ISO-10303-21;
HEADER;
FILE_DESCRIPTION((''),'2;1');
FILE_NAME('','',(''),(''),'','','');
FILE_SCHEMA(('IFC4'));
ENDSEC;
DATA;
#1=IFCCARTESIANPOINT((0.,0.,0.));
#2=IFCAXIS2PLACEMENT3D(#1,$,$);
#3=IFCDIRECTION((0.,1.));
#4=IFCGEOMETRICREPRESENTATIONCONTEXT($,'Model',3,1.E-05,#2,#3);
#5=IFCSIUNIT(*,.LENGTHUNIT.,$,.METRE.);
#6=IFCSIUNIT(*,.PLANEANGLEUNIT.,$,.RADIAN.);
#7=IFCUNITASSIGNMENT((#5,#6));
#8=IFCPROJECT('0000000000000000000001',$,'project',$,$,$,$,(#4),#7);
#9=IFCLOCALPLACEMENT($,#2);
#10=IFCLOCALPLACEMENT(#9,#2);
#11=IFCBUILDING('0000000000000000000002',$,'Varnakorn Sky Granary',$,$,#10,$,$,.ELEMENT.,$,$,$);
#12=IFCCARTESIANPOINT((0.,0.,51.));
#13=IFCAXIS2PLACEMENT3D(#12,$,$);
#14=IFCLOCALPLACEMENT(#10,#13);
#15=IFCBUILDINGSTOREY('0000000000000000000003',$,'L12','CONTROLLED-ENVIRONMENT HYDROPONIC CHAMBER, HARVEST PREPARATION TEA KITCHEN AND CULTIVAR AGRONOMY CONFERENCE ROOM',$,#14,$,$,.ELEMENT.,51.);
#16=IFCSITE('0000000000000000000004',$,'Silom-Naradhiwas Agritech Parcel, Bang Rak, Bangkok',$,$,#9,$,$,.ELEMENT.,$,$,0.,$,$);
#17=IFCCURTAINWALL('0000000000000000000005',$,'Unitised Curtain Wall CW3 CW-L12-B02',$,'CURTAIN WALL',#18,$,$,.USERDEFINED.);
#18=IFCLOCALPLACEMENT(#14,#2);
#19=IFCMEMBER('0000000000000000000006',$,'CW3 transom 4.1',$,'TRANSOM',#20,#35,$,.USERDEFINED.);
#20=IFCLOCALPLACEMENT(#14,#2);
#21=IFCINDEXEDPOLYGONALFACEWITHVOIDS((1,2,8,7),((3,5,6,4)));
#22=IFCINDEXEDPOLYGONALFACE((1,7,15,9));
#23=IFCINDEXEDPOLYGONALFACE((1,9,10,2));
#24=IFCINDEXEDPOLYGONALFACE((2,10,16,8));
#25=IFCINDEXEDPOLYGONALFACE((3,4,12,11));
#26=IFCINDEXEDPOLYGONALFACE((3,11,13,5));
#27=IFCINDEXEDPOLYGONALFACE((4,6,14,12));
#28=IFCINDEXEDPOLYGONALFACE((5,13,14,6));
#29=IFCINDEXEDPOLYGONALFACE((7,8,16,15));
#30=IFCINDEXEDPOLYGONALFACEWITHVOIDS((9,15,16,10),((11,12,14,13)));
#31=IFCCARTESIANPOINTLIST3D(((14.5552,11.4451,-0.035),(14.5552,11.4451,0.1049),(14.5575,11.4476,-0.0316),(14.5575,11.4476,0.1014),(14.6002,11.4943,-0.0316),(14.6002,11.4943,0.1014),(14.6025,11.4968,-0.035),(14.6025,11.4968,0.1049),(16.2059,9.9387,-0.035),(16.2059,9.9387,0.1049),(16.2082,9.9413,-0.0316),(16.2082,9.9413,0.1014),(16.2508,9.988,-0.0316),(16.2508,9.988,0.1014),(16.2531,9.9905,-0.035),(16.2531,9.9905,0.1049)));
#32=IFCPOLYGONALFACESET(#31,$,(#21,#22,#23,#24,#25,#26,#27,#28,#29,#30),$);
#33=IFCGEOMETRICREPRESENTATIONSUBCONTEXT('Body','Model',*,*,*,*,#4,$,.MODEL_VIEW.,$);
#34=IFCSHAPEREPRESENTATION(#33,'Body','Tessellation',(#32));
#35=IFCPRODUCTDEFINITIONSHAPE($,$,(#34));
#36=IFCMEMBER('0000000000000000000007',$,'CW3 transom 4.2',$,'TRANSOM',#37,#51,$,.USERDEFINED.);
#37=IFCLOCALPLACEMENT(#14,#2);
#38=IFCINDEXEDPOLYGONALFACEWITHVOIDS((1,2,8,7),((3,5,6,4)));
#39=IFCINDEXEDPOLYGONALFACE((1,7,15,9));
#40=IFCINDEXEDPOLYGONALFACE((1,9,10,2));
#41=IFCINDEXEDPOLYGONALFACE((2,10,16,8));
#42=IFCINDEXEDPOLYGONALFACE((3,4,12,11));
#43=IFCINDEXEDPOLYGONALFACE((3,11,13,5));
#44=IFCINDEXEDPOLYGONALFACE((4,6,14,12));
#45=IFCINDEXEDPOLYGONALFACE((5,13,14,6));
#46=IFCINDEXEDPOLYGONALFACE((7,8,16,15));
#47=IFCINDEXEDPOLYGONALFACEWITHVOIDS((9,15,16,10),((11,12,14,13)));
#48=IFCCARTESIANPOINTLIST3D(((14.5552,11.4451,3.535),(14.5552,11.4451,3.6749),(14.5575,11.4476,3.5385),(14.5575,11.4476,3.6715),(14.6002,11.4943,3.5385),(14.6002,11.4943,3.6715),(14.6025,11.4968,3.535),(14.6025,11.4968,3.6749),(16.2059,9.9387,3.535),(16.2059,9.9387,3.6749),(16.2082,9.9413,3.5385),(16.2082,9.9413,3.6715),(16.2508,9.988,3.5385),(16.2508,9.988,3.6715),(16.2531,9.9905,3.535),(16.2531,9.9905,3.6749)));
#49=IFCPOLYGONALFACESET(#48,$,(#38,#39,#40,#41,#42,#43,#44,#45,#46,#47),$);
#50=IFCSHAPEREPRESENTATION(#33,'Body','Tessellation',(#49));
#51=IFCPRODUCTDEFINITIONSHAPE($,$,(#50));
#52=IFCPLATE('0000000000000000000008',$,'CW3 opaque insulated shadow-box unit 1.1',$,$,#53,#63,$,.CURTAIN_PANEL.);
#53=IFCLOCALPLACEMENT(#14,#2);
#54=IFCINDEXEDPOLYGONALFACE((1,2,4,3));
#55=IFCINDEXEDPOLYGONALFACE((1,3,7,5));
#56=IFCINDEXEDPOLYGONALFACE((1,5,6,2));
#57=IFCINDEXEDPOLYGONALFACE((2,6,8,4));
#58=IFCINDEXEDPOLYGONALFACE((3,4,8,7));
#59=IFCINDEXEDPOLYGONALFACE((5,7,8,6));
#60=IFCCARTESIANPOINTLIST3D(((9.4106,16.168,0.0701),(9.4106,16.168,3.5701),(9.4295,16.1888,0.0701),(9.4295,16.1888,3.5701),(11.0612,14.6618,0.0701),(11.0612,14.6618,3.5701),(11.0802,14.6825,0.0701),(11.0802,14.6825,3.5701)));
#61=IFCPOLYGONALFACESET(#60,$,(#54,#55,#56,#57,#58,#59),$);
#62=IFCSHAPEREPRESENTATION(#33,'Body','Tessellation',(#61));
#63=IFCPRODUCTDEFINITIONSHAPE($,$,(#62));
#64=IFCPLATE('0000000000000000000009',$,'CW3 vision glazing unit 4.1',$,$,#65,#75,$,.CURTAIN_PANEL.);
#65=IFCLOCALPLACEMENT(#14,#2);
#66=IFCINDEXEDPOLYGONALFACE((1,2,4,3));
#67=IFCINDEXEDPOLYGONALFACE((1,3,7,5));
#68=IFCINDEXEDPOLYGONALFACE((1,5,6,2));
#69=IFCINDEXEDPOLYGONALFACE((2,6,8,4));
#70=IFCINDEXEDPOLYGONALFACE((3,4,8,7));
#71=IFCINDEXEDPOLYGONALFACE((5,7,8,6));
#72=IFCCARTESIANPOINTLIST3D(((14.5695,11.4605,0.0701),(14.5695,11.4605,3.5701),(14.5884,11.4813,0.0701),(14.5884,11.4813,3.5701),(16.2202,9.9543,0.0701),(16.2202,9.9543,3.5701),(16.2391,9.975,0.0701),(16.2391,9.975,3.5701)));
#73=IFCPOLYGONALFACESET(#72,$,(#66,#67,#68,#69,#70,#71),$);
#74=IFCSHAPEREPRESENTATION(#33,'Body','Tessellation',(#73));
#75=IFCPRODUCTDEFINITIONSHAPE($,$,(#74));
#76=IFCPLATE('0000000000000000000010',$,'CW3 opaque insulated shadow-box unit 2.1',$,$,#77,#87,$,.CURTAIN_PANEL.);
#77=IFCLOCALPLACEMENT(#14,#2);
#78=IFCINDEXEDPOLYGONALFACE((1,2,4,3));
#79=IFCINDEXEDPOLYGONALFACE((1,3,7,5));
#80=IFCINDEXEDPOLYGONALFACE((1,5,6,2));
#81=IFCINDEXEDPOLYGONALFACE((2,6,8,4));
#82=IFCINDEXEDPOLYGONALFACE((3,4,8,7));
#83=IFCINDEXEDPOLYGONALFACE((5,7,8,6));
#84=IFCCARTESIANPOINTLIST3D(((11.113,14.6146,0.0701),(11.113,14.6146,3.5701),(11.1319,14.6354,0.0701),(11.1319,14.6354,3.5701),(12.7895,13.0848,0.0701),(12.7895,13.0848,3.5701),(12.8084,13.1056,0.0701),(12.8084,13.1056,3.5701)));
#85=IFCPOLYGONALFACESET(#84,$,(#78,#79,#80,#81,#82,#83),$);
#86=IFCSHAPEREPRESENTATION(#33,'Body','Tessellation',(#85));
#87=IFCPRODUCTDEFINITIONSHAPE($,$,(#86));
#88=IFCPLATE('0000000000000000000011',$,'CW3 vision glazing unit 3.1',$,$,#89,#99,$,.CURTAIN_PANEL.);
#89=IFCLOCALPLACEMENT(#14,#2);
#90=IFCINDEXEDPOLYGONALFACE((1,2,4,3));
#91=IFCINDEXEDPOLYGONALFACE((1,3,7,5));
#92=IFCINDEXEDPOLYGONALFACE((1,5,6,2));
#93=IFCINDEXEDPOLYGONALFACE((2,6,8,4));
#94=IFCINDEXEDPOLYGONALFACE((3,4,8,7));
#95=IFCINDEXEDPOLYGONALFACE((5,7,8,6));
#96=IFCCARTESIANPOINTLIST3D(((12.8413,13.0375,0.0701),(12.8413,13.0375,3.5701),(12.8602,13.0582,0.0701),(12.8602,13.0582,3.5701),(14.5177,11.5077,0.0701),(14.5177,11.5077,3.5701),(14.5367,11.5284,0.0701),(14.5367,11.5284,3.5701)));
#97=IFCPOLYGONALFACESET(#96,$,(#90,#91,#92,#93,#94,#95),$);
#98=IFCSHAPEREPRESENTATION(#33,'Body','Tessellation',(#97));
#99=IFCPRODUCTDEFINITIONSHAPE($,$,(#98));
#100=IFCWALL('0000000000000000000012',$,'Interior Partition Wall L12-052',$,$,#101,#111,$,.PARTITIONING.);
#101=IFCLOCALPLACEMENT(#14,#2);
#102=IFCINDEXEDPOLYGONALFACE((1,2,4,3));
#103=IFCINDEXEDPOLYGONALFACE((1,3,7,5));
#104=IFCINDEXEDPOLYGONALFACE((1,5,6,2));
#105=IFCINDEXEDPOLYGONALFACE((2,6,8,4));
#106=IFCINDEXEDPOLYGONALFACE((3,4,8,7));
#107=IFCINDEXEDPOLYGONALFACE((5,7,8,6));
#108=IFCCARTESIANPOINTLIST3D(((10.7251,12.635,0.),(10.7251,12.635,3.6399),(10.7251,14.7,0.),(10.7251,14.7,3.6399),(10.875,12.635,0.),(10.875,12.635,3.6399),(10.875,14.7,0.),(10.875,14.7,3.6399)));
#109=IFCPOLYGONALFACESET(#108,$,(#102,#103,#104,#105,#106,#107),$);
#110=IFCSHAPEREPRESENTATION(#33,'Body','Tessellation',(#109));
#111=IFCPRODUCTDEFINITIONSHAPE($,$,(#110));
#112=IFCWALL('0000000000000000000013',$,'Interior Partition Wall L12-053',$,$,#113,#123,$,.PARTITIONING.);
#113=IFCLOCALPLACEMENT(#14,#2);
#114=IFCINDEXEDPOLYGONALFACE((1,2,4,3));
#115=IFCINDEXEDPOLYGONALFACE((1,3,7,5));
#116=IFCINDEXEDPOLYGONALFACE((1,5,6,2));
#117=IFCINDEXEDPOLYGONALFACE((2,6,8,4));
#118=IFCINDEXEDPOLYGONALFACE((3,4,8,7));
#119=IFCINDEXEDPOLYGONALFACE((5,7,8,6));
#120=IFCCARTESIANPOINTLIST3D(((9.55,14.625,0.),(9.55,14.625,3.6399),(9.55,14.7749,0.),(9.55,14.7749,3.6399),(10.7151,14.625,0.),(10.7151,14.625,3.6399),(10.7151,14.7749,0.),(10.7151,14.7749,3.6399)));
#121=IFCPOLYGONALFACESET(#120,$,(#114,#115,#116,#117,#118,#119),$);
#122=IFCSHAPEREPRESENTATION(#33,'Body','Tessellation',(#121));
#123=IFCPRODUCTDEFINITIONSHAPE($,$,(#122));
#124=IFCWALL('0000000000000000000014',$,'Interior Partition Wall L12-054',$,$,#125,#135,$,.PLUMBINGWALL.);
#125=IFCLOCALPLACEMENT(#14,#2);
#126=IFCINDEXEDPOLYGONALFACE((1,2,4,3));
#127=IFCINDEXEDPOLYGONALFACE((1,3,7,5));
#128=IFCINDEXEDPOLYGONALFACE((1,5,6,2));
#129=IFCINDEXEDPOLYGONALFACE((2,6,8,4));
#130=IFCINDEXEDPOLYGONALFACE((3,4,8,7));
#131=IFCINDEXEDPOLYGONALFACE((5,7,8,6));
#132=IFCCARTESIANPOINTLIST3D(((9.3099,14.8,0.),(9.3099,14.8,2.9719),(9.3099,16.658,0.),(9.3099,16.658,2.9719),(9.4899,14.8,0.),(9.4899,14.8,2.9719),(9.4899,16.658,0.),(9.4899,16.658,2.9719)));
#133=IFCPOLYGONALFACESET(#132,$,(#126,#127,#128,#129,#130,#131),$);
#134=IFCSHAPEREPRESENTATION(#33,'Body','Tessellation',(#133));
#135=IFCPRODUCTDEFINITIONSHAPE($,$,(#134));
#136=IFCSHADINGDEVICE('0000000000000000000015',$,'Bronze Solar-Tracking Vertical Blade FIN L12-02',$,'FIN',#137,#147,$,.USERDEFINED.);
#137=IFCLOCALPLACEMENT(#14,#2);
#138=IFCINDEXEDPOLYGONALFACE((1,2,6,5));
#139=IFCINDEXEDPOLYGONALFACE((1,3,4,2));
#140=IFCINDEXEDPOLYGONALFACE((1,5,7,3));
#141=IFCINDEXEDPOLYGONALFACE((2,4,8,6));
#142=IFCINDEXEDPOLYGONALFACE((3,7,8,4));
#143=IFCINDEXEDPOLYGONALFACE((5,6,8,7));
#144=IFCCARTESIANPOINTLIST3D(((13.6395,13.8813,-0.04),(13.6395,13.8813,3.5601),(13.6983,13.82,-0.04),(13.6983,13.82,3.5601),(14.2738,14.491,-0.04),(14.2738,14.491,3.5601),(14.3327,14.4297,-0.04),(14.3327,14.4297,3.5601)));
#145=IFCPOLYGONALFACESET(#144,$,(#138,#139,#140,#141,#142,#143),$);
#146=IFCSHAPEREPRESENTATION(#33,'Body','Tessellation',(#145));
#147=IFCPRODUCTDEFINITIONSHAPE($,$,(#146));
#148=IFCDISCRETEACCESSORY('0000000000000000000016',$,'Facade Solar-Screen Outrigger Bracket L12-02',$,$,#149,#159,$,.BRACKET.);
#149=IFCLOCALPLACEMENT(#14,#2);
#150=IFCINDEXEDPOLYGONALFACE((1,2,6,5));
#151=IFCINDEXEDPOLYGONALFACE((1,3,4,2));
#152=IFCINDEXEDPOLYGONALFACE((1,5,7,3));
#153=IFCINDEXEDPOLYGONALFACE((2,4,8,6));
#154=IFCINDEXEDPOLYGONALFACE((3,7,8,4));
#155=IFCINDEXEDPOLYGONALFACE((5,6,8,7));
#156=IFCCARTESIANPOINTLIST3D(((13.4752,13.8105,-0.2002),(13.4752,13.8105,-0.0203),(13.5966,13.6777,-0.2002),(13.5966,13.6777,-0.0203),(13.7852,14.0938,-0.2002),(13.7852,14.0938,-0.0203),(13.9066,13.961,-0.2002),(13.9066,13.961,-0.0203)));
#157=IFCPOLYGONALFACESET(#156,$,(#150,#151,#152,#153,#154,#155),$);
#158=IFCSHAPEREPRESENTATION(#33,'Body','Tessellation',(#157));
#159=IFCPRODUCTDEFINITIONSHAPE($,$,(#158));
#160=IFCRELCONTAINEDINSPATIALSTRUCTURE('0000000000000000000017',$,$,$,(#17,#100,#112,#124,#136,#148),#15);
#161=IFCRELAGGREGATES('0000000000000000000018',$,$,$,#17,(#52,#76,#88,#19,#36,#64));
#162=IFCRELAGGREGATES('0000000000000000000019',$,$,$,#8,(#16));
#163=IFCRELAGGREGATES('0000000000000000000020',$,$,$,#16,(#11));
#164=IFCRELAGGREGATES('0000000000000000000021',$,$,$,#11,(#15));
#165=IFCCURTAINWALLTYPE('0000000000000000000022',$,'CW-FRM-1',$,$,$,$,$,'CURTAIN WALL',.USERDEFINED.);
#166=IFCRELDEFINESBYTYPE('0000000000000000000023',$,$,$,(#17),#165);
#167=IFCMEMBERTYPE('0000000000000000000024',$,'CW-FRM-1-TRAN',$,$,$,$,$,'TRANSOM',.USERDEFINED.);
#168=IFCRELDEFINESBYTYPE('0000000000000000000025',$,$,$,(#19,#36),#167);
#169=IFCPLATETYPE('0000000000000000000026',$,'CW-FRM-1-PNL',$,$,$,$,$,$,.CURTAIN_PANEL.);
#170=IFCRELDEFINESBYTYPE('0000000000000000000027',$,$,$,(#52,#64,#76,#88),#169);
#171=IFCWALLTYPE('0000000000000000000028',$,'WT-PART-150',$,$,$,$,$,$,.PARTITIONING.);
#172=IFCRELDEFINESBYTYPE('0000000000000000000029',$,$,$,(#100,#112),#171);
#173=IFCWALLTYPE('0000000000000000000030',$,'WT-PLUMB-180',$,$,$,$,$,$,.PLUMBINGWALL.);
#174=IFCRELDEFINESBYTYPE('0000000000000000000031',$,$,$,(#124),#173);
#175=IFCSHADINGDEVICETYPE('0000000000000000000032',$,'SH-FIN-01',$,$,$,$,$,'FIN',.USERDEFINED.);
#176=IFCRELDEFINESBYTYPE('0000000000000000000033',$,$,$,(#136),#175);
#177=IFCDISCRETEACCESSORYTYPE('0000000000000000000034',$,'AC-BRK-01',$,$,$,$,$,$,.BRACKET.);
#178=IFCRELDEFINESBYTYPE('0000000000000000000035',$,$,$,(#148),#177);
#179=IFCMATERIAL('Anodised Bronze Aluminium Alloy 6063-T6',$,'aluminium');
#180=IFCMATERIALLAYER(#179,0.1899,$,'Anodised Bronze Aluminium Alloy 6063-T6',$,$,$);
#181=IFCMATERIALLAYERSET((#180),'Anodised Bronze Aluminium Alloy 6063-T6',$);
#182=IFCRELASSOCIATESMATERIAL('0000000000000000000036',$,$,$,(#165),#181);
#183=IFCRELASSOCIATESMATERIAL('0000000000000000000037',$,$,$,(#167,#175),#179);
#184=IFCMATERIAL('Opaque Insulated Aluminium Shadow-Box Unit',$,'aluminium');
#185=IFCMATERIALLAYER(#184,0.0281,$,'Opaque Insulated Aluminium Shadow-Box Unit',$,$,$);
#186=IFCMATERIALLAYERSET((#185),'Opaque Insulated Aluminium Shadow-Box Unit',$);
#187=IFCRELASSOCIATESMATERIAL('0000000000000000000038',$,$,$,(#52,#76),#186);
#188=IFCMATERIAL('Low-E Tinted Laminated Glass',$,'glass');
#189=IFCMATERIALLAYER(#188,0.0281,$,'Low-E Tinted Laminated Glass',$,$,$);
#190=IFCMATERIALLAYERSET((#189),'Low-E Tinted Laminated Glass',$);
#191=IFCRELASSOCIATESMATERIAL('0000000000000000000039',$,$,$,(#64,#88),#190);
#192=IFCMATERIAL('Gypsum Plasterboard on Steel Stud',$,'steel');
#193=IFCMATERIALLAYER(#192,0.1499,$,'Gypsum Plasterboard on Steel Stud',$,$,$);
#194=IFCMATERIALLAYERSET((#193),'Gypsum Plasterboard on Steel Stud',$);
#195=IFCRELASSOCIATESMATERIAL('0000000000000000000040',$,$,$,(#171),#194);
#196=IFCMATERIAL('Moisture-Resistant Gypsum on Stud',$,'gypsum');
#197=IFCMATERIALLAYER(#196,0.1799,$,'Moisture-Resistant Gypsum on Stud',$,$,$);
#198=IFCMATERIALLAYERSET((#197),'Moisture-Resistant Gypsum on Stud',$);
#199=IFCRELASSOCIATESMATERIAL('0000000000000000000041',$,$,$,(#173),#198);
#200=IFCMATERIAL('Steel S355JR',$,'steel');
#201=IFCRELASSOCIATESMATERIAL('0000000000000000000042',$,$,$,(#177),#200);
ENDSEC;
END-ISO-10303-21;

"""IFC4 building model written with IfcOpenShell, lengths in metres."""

from ifc_helpers import new_model, si_unit, direction, frame, frame_2d, origin, origin_2d, place, context, subcontext, project, spatial, rectangle, hollow_rectangle, extrude, source, transform, mapped, material, layer, layer_set, material_profile, profile_set, type_object, type_shapes, element, aggregate, save


model = new_model("IFC4")

# Units and contexts
model_context = context("Model", 3, precision=1e-05, world=origin(), true_north=direction((0.0, 1.0)))
body_context = subcontext(model_context, "Body", "Model", "MODEL_VIEW")
ifc_project = project(units=[si_unit("LENGTHUNIT", "METRE"), si_unit("PLANEANGLEUNIT", "RADIAN")], contexts=[model_context])

# Site, building, storey
site_placement = place(None, origin())
site = spatial("IfcSite", under=ifc_project, at=site_placement, Name="Silom-Naradhiwas Agritech Parcel, Bang Rak, Bangkok", CompositionType="ELEMENT", RefElevation=0.0)
building_placement = place(site_placement, origin())
building = spatial("IfcBuilding", under=site, at=building_placement, Name="Varnakorn Sky Granary", CompositionType="ELEMENT")
storey_placement = place(building_placement, frame((0.0, 0.0, 51.0)))
storey = spatial("IfcBuildingStorey", under=building, at=storey_placement, Name="L12", Description="CONTROLLED-ENVIRONMENT HYDROPONIC CHAMBER, HARVEST PREPARATION TEA KITCHEN AND CULTIVAR AGRONOMY CONFERENCE ROOM", CompositionType="ELEMENT", Elevation=51.0)

# Shared definitions
ifc_material_1 = material(Name="Steel S355JR", Category="steel")

# Curtain wall, members, plates
ifc_material_2 = material(Name="Anodised Bronze Aluminium Alloy 6063-T6", Category="aluminium")
ifc_layer_1 = layer(ifc_material_2, 0.1899, Name="Anodised Bronze Aluminium Alloy 6063-T6")
ifc_layer_set_1 = layer_set([ifc_layer_1], Name="Anodised Bronze Aluminium Alloy 6063-T6")
curtain_wall_type = type_object("IfcCurtainWallType", Name="CW-FRM-1", ElementType="CURTAIN WALL", PredefinedType="USERDEFINED", material=ifc_layer_set_1)
curtain_wall_placement = place(storey_placement, origin())
curtain_wall = element("IfcCurtainWall", 1, at=curtain_wall_placement, inside=storey, type_object=curtain_wall_type, Name="Unitised Curtain Wall CW3 CW-L12-B02", ObjectType="CURTAIN WALL", PredefinedType="USERDEFINED")
ifc_material_profile_1 = material_profile(ifc_material_2, hollow_rectangle(XDim=0.0701, YDim=0.1399, WallThickness=0.0034, at=origin_2d()), Name="ALU TRAN 70x140")
ifc_profile_set_1 = profile_set([ifc_material_profile_1], Name="Anodised Bronze Aluminium Alloy 6063-T6")
member_type_1 = type_object("IfcMemberType", Name="CW-FRM-1-TRAN", ElementType="TRANSOM", PredefinedType="USERDEFINED", material=ifc_profile_set_1)
member_1_placement = place(storey_placement, frame((14.5789, 11.4709, 0.0349), z_axis=(0.738653, -0.674085, 0.0), x_axis=(0.674085, 0.738653, 0.0)))
member_1 = element("IfcMember", 2, at=member_1_placement, type_object=member_type_1, Name="CW3 transom 4.1", ObjectType="TRANSOM", PredefinedType="USERDEFINED", context=body_context, shape_type="SweptSolid", body=[
    extrude(hollow_rectangle(XDim=0.0701, YDim=0.1399, WallThickness=0.0034, at=origin_2d()), origin(), (0.0, 0.0, 1.0), 2.2346),
])
member_2_placement = place(storey_placement, frame((14.5789, 11.4709, 3.605), z_axis=(0.738653, -0.674085, 0.0), x_axis=(0.674085, 0.738653, 0.0)))
member_2 = element("IfcMember", 3, at=member_2_placement, type_object=member_type_1, Name="CW3 transom 4.2", ObjectType="TRANSOM", PredefinedType="USERDEFINED", context=body_context, shape_type="SweptSolid", body=[
    extrude(hollow_rectangle(XDim=0.0701, YDim=0.1399, WallThickness=0.0034, at=origin_2d()), origin(), (0.0, 0.0, 1.0), 2.2346),
])
ifc_material_3 = material(Name="Opaque Insulated Aluminium Shadow-Box Unit", Category="aluminium")
ifc_layer_2 = layer(ifc_material_3, 0.0281, Name="Opaque Insulated Aluminium Shadow-Box Unit")
ifc_layer_set_2 = layer_set([ifc_layer_2], Name="Opaque Insulated Aluminium Shadow-Box Unit")
plate_type = type_object("IfcPlateType", Name="CW-FRM-1-PNL", PredefinedType="CURTAIN_PANEL")
shared_shape_1 = source(origin(), body_context, "Body", "SweptSolid", [
    extrude(rectangle(XDim=2.2346, YDim=0.0281, at=origin_2d()), origin(), (0.0, 0.0, 1.0), 3.5),
])
plate_1_placement = place(storey_placement, frame((10.2454, 15.4253, 0.0701), z_axis=(0.0, 0.0, 1.0), x_axis=(0.738686, -0.674049, 0.0)))
plate_1 = element("IfcPlate", 4, at=plate_1_placement, type_object=plate_type, material=ifc_layer_set_2, Name="CW3 opaque insulated shadow-box unit 1.1", PredefinedType="CURTAIN_PANEL", context=body_context, shape_type="MappedRepresentation", body=[
    mapped(shared_shape_1, transform((0.0, 0.0, 0.0), x_axis=(1.0, 0.0, 0.0), y_axis=(0.0, 1.0, 0.0), z_axis=(0.0, 0.0, 1.0), scale=1.0)),
])
ifc_material_4 = material(Name="Low-E Tinted Laminated Glass", Category="glass")
ifc_layer_3 = layer(ifc_material_4, 0.0281, Name="Low-E Tinted Laminated Glass")
ifc_layer_set_3 = layer_set([ifc_layer_3], Name="Low-E Tinted Laminated Glass")
plate_2_placement = place(storey_placement, frame((15.4043, 10.7178, 0.0701), z_axis=(0.0, 0.0, 1.0), x_axis=(0.738686, -0.674049, 0.0)))
plate_2 = element("IfcPlate", 5, at=plate_2_placement, type_object=plate_type, material=ifc_layer_set_3, Name="CW3 vision glazing unit 4.1", PredefinedType="CURTAIN_PANEL", context=body_context, shape_type="MappedRepresentation", body=[
    mapped(shared_shape_1, transform((0.0, 0.0, 0.0), x_axis=(1.0, 0.0, 0.0), y_axis=(0.0, 1.0, 0.0), z_axis=(0.0, 0.0, 1.0), scale=1.0)),
])
shared_shape_2 = source(origin(), body_context, "Body", "SweptSolid", [
    extrude(rectangle(XDim=2.2695, YDim=0.0281, at=origin_2d()), origin(), (0.0, 0.0, 1.0), 3.5),
])
type_shapes(plate_type, [shared_shape_1, shared_shape_2])
plate_3_placement = place(storey_placement, frame((11.9607, 13.8601, 0.0701), z_axis=(0.0, 0.0, 1.0), x_axis=(0.738686, -0.674049, 0.0)))
plate_3 = element("IfcPlate", 6, at=plate_3_placement, type_object=plate_type, material=ifc_layer_set_2, Name="CW3 opaque insulated shadow-box unit 2.1", PredefinedType="CURTAIN_PANEL", context=body_context, shape_type="MappedRepresentation", body=[
    mapped(shared_shape_2, transform((0.0, 0.0, 0.0), x_axis=(1.0, 0.0, 0.0), y_axis=(0.0, 1.0, 0.0), z_axis=(0.0, 0.0, 1.0), scale=1.0)),
])
plate_4_placement = place(storey_placement, frame((13.689, 12.283, 0.0701), z_axis=(0.0, 0.0, 1.0), x_axis=(0.738686, -0.674049, 0.0)))
plate_4 = element("IfcPlate", 7, at=plate_4_placement, type_object=plate_type, material=ifc_layer_set_3, Name="CW3 vision glazing unit 3.1", PredefinedType="CURTAIN_PANEL", context=body_context, shape_type="MappedRepresentation", body=[
    mapped(shared_shape_2, transform((0.0, 0.0, 0.0), x_axis=(1.0, 0.0, 0.0), y_axis=(0.0, 1.0, 0.0), z_axis=(0.0, 0.0, 1.0), scale=1.0)),
])
aggregate(curtain_wall, [plate_1, plate_3, plate_4, member_1, member_2, plate_2])

# Walls
ifc_material_5 = material(Name="Gypsum Plasterboard on Steel Stud", Category="steel")
ifc_layer_4 = layer(ifc_material_5, 0.1499, Name="Gypsum Plasterboard on Steel Stud")
ifc_layer_set_4 = layer_set([ifc_layer_4], Name="Gypsum Plasterboard on Steel Stud")
wall_type_1 = type_object("IfcWallType", Name="WT-PART-150", PredefinedType="PARTITIONING", material=ifc_layer_set_4)
wall_1_placement = place(storey_placement, frame((10.8, 12.635, 0.0), z_axis=(0.0, 0.0, 1.0), x_axis=(0.0, 1.0, 0.0)))
element("IfcWall", 8, at=wall_1_placement, inside=storey, type_object=wall_type_1, Name="Interior Partition Wall L12-052", PredefinedType="PARTITIONING", context=body_context, shape_type="SweptSolid", body=[
    extrude(rectangle(XDim=2.0649, YDim=0.1499, at=frame_2d((1.0325, 0.0))), origin(), (0.0, 0.0, 1.0), 3.6399),
])
wall_2_placement = place(storey_placement, frame((10.7151, 14.7, 0.0), z_axis=(0.0, 0.0, 1.0), x_axis=(-1.0, 0.0, 0.0)))
element("IfcWall", 9, at=wall_2_placement, inside=storey, type_object=wall_type_1, Name="Interior Partition Wall L12-053", PredefinedType="PARTITIONING", context=body_context, shape_type="SweptSolid", body=[
    extrude(rectangle(XDim=1.165, YDim=0.1499, at=frame_2d((0.5825, 0.0))), origin(), (0.0, 0.0, 1.0), 3.6399),
])
ifc_material_6 = material(Name="Moisture-Resistant Gypsum on Stud", Category="gypsum")
ifc_layer_5 = layer(ifc_material_6, 0.1799, Name="Moisture-Resistant Gypsum on Stud")
ifc_layer_set_5 = layer_set([ifc_layer_5], Name="Moisture-Resistant Gypsum on Stud")
wall_type_2 = type_object("IfcWallType", Name="WT-PLUMB-180", PredefinedType="PLUMBINGWALL", material=ifc_layer_set_5)
wall_3_placement = place(storey_placement, frame((9.3999, 14.8, 0.0), z_axis=(0.0, 0.0, 1.0), x_axis=(0.0, 1.0, 0.0)))
element("IfcWall", 10, at=wall_3_placement, inside=storey, type_object=wall_type_2, Name="Interior Partition Wall L12-054", PredefinedType="PLUMBINGWALL", context=body_context, shape_type="SweptSolid", body=[
    extrude(rectangle(XDim=1.8579, YDim=0.1799, at=frame_2d((0.929, 0.0))), origin(), (0.0, 0.0, 1.0), 2.9719),
])

# Shading device
shading_device_type = type_object("IfcShadingDeviceType", Name="SH-FIN-01", ElementType="FIN", PredefinedType="USERDEFINED", material=ifc_material_2)
shared_shape_3 = source(origin(), body_context, "Body", "SweptSolid", [
    extrude(rectangle(XDim=0.085, YDim=0.8799, at=origin_2d()), origin(), (0.0, 0.0, 1.0), 3.6001),
])
type_shapes(shading_device_type, [shared_shape_3])
shading_device_placement = place(storey_placement, frame((13.9861, 14.1555, -0.04), z_axis=(0.0, 0.0, 1.0), x_axis=(-0.692941, 0.720995, 0.0)))
element("IfcShadingDevice", 11, at=shading_device_placement, inside=storey, type_object=shading_device_type, Name="Bronze Solar-Tracking Vertical Blade FIN L12-02", ObjectType="FIN", PredefinedType="USERDEFINED", context=body_context, shape_type="MappedRepresentation", body=[
    mapped(shared_shape_3, transform((0.0, 0.0, 0.0), x_axis=(1.0, 0.0, 0.0), y_axis=(0.0, 1.0, 0.0), z_axis=(0.0, 0.0, 1.0), scale=1.0)),
])

# Discrete accessory
discrete_accessory_type = type_object("IfcDiscreteAccessoryType", Name="AC-BRK-01", PredefinedType="BRACKET", material=ifc_material_1)
shared_shape_4 = source(origin(), body_context, "Body", "SweptSolid", [
    extrude(rectangle(XDim=0.1799, YDim=0.4199, at=origin_2d()), origin(), (0.0, 0.0, 1.0), 0.1799),
])
type_shapes(discrete_accessory_type, [shared_shape_4])
discrete_accessory_placement = place(storey_placement, frame((13.6909, 13.8857, -0.2002), z_axis=(0.0, 0.0, 1.0), x_axis=(-0.674686, 0.738104, 0.0)))
element("IfcDiscreteAccessory", 12, at=discrete_accessory_placement, inside=storey, type_object=discrete_accessory_type, Name="Facade Solar-Screen Outrigger Bracket L12-02", PredefinedType="BRACKET", context=body_context, shape_type="MappedRepresentation", body=[
    mapped(shared_shape_4, transform((0.0, 0.0, 0.0), x_axis=(1.0, 0.0, 0.0), y_axis=(0.0, 1.0, 0.0), z_axis=(0.0, 0.0, 1.0), scale=1.0)),
])

save(model, "model.ifc")
